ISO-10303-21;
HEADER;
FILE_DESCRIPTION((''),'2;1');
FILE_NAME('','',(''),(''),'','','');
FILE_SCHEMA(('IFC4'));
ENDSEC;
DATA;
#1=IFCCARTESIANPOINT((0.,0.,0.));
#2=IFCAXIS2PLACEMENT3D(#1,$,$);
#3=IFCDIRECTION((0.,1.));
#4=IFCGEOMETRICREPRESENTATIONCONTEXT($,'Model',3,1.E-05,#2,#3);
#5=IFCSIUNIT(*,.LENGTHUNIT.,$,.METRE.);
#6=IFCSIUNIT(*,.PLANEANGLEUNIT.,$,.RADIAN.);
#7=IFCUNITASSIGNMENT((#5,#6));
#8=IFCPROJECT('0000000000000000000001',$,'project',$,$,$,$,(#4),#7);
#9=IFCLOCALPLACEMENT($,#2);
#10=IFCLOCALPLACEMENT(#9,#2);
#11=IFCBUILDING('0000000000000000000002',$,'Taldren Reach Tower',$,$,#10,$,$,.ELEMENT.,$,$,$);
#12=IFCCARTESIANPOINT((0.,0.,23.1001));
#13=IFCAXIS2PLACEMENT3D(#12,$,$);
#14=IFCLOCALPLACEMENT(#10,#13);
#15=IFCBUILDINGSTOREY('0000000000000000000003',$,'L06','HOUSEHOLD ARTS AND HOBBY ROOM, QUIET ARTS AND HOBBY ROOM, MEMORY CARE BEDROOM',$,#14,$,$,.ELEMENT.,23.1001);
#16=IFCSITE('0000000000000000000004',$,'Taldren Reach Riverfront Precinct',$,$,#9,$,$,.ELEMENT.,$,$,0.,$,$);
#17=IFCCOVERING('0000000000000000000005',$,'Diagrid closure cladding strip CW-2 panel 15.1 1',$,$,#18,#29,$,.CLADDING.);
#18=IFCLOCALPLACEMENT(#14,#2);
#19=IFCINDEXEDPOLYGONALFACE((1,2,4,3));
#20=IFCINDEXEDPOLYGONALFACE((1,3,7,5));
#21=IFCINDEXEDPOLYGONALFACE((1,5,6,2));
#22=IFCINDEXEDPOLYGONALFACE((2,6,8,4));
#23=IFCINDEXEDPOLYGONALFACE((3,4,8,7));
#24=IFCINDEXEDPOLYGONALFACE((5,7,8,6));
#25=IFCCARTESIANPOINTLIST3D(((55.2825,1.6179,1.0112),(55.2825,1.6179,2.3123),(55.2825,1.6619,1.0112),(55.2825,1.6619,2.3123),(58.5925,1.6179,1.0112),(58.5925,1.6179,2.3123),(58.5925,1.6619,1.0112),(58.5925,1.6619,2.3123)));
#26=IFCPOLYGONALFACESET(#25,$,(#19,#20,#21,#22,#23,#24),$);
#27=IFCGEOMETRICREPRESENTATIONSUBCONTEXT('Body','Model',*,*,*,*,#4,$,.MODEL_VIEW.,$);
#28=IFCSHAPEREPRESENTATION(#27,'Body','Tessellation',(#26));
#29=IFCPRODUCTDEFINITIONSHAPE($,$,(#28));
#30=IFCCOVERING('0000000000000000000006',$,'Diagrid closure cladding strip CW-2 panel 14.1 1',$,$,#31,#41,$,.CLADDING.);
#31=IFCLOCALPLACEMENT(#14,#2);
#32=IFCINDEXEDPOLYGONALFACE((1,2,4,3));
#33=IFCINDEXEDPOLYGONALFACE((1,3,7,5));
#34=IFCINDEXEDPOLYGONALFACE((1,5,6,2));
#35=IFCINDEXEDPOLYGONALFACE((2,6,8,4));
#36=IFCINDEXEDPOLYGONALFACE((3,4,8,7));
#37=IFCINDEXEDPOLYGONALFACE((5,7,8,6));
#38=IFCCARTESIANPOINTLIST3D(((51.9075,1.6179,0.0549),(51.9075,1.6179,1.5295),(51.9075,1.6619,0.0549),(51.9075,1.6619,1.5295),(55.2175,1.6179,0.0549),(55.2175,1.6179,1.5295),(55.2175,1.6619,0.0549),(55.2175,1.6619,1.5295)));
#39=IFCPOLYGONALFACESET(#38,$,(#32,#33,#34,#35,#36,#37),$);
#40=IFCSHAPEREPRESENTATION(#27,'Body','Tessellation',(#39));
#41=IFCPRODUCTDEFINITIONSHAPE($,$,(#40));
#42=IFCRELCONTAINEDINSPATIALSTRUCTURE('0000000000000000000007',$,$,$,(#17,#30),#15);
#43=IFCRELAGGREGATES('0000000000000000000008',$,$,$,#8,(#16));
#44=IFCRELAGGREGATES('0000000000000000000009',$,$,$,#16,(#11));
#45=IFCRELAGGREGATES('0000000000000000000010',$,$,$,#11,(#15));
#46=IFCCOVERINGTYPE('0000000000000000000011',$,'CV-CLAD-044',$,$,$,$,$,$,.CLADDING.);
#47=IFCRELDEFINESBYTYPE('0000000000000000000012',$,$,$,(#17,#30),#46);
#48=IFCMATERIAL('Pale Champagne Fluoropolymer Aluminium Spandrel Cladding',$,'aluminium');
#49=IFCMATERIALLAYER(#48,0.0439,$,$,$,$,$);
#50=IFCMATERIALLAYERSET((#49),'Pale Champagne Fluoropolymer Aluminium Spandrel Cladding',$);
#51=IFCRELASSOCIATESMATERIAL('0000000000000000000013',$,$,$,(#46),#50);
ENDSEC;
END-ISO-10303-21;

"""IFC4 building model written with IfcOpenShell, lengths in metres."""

from ifc_helpers import new_model, si_unit, direction, frame, origin, origin_2d, place, context, subcontext, project, spatial, rectangle, extrude, source, transform, mapped, material, layer, layer_set, type_object, element, save


model = new_model("IFC4")

# Units and contexts
model_context = context("Model", 3, precision=1e-05, world=origin(), true_north=direction((0.0, 1.0)))
body_context = subcontext(model_context, "Body", "Model", "MODEL_VIEW")
ifc_project = project(units=[si_unit("LENGTHUNIT", "METRE"), si_unit("PLANEANGLEUNIT", "RADIAN")], contexts=[model_context])

# Site, building, storey
site_placement = place(None, origin())
site = spatial("IfcSite", under=ifc_project, at=site_placement, Name="Taldren Reach Riverfront Precinct", CompositionType="ELEMENT", RefElevation=0.0)
building_placement = place(site_placement, origin())
building = spatial("IfcBuilding", under=site, at=building_placement, Name="Taldren Reach Tower", CompositionType="ELEMENT")
storey_placement = place(building_placement, frame((0.0, 0.0, 23.1001)))
storey = spatial("IfcBuildingStorey", under=building, at=storey_placement, Name="L06", Description="HOUSEHOLD ARTS AND HOBBY ROOM, QUIET ARTS AND HOBBY ROOM, MEMORY CARE BEDROOM", CompositionType="ELEMENT", Elevation=23.1001)

# Coverings
ifc_material_1 = material(Name="Pale Champagne Fluoropolymer Aluminium Spandrel Cladding", Category="aluminium")
ifc_layer_1 = layer(ifc_material_1, 0.0439)
ifc_layer_set_1 = layer_set([ifc_layer_1], Name="Pale Champagne Fluoropolymer Aluminium Spandrel Cladding")
covering_type = type_object("IfcCoveringType", Name="CV-CLAD-044", PredefinedType="CLADDING", material=ifc_layer_set_1)
shared_shape_1 = source(origin(), body_context, "Body", "SweptSolid", [
    extrude(rectangle(XDim=3.3101, YDim=0.0439, at=origin_2d()), origin(), (0.0, 0.0, 1.0), 1.301),
])
covering_1_placement = place(storey_placement, frame((56.9375, 1.6399, 1.0112), z_axis=(0.0, 0.0, 1.0), x_axis=(1.0, 0.0, 0.0)))
element("IfcCovering", 1, at=covering_1_placement, inside=storey, type_object=covering_type, Name="Diagrid closure cladding strip CW-2 panel 15.1 1", PredefinedType="CLADDING", context=body_context, shape_type="MappedRepresentation", body=[
    mapped(shared_shape_1, transform((0.0, 0.0, 0.0), scale=1.0)),
])
shared_shape_2 = source(origin(), body_context, "Body", "SweptSolid", [
    extrude(rectangle(XDim=3.3101, YDim=0.0439, at=origin_2d()), origin(), (0.0, 0.0, 1.0), 1.4746),
])
covering_2_placement = place(storey_placement, frame((53.5625, 1.6399, 0.0549), z_axis=(0.0, 0.0, 1.0), x_axis=(1.0, 0.0, 0.0)))
element("IfcCovering", 2, at=covering_2_placement, inside=storey, type_object=covering_type, Name="Diagrid closure cladding strip CW-2 panel 14.1 1", PredefinedType="CLADDING", context=body_context, shape_type="MappedRepresentation", body=[
    mapped(shared_shape_2, transform((0.0, 0.0, 0.0), scale=1.0)),
])

save(model, "model.ifc")
